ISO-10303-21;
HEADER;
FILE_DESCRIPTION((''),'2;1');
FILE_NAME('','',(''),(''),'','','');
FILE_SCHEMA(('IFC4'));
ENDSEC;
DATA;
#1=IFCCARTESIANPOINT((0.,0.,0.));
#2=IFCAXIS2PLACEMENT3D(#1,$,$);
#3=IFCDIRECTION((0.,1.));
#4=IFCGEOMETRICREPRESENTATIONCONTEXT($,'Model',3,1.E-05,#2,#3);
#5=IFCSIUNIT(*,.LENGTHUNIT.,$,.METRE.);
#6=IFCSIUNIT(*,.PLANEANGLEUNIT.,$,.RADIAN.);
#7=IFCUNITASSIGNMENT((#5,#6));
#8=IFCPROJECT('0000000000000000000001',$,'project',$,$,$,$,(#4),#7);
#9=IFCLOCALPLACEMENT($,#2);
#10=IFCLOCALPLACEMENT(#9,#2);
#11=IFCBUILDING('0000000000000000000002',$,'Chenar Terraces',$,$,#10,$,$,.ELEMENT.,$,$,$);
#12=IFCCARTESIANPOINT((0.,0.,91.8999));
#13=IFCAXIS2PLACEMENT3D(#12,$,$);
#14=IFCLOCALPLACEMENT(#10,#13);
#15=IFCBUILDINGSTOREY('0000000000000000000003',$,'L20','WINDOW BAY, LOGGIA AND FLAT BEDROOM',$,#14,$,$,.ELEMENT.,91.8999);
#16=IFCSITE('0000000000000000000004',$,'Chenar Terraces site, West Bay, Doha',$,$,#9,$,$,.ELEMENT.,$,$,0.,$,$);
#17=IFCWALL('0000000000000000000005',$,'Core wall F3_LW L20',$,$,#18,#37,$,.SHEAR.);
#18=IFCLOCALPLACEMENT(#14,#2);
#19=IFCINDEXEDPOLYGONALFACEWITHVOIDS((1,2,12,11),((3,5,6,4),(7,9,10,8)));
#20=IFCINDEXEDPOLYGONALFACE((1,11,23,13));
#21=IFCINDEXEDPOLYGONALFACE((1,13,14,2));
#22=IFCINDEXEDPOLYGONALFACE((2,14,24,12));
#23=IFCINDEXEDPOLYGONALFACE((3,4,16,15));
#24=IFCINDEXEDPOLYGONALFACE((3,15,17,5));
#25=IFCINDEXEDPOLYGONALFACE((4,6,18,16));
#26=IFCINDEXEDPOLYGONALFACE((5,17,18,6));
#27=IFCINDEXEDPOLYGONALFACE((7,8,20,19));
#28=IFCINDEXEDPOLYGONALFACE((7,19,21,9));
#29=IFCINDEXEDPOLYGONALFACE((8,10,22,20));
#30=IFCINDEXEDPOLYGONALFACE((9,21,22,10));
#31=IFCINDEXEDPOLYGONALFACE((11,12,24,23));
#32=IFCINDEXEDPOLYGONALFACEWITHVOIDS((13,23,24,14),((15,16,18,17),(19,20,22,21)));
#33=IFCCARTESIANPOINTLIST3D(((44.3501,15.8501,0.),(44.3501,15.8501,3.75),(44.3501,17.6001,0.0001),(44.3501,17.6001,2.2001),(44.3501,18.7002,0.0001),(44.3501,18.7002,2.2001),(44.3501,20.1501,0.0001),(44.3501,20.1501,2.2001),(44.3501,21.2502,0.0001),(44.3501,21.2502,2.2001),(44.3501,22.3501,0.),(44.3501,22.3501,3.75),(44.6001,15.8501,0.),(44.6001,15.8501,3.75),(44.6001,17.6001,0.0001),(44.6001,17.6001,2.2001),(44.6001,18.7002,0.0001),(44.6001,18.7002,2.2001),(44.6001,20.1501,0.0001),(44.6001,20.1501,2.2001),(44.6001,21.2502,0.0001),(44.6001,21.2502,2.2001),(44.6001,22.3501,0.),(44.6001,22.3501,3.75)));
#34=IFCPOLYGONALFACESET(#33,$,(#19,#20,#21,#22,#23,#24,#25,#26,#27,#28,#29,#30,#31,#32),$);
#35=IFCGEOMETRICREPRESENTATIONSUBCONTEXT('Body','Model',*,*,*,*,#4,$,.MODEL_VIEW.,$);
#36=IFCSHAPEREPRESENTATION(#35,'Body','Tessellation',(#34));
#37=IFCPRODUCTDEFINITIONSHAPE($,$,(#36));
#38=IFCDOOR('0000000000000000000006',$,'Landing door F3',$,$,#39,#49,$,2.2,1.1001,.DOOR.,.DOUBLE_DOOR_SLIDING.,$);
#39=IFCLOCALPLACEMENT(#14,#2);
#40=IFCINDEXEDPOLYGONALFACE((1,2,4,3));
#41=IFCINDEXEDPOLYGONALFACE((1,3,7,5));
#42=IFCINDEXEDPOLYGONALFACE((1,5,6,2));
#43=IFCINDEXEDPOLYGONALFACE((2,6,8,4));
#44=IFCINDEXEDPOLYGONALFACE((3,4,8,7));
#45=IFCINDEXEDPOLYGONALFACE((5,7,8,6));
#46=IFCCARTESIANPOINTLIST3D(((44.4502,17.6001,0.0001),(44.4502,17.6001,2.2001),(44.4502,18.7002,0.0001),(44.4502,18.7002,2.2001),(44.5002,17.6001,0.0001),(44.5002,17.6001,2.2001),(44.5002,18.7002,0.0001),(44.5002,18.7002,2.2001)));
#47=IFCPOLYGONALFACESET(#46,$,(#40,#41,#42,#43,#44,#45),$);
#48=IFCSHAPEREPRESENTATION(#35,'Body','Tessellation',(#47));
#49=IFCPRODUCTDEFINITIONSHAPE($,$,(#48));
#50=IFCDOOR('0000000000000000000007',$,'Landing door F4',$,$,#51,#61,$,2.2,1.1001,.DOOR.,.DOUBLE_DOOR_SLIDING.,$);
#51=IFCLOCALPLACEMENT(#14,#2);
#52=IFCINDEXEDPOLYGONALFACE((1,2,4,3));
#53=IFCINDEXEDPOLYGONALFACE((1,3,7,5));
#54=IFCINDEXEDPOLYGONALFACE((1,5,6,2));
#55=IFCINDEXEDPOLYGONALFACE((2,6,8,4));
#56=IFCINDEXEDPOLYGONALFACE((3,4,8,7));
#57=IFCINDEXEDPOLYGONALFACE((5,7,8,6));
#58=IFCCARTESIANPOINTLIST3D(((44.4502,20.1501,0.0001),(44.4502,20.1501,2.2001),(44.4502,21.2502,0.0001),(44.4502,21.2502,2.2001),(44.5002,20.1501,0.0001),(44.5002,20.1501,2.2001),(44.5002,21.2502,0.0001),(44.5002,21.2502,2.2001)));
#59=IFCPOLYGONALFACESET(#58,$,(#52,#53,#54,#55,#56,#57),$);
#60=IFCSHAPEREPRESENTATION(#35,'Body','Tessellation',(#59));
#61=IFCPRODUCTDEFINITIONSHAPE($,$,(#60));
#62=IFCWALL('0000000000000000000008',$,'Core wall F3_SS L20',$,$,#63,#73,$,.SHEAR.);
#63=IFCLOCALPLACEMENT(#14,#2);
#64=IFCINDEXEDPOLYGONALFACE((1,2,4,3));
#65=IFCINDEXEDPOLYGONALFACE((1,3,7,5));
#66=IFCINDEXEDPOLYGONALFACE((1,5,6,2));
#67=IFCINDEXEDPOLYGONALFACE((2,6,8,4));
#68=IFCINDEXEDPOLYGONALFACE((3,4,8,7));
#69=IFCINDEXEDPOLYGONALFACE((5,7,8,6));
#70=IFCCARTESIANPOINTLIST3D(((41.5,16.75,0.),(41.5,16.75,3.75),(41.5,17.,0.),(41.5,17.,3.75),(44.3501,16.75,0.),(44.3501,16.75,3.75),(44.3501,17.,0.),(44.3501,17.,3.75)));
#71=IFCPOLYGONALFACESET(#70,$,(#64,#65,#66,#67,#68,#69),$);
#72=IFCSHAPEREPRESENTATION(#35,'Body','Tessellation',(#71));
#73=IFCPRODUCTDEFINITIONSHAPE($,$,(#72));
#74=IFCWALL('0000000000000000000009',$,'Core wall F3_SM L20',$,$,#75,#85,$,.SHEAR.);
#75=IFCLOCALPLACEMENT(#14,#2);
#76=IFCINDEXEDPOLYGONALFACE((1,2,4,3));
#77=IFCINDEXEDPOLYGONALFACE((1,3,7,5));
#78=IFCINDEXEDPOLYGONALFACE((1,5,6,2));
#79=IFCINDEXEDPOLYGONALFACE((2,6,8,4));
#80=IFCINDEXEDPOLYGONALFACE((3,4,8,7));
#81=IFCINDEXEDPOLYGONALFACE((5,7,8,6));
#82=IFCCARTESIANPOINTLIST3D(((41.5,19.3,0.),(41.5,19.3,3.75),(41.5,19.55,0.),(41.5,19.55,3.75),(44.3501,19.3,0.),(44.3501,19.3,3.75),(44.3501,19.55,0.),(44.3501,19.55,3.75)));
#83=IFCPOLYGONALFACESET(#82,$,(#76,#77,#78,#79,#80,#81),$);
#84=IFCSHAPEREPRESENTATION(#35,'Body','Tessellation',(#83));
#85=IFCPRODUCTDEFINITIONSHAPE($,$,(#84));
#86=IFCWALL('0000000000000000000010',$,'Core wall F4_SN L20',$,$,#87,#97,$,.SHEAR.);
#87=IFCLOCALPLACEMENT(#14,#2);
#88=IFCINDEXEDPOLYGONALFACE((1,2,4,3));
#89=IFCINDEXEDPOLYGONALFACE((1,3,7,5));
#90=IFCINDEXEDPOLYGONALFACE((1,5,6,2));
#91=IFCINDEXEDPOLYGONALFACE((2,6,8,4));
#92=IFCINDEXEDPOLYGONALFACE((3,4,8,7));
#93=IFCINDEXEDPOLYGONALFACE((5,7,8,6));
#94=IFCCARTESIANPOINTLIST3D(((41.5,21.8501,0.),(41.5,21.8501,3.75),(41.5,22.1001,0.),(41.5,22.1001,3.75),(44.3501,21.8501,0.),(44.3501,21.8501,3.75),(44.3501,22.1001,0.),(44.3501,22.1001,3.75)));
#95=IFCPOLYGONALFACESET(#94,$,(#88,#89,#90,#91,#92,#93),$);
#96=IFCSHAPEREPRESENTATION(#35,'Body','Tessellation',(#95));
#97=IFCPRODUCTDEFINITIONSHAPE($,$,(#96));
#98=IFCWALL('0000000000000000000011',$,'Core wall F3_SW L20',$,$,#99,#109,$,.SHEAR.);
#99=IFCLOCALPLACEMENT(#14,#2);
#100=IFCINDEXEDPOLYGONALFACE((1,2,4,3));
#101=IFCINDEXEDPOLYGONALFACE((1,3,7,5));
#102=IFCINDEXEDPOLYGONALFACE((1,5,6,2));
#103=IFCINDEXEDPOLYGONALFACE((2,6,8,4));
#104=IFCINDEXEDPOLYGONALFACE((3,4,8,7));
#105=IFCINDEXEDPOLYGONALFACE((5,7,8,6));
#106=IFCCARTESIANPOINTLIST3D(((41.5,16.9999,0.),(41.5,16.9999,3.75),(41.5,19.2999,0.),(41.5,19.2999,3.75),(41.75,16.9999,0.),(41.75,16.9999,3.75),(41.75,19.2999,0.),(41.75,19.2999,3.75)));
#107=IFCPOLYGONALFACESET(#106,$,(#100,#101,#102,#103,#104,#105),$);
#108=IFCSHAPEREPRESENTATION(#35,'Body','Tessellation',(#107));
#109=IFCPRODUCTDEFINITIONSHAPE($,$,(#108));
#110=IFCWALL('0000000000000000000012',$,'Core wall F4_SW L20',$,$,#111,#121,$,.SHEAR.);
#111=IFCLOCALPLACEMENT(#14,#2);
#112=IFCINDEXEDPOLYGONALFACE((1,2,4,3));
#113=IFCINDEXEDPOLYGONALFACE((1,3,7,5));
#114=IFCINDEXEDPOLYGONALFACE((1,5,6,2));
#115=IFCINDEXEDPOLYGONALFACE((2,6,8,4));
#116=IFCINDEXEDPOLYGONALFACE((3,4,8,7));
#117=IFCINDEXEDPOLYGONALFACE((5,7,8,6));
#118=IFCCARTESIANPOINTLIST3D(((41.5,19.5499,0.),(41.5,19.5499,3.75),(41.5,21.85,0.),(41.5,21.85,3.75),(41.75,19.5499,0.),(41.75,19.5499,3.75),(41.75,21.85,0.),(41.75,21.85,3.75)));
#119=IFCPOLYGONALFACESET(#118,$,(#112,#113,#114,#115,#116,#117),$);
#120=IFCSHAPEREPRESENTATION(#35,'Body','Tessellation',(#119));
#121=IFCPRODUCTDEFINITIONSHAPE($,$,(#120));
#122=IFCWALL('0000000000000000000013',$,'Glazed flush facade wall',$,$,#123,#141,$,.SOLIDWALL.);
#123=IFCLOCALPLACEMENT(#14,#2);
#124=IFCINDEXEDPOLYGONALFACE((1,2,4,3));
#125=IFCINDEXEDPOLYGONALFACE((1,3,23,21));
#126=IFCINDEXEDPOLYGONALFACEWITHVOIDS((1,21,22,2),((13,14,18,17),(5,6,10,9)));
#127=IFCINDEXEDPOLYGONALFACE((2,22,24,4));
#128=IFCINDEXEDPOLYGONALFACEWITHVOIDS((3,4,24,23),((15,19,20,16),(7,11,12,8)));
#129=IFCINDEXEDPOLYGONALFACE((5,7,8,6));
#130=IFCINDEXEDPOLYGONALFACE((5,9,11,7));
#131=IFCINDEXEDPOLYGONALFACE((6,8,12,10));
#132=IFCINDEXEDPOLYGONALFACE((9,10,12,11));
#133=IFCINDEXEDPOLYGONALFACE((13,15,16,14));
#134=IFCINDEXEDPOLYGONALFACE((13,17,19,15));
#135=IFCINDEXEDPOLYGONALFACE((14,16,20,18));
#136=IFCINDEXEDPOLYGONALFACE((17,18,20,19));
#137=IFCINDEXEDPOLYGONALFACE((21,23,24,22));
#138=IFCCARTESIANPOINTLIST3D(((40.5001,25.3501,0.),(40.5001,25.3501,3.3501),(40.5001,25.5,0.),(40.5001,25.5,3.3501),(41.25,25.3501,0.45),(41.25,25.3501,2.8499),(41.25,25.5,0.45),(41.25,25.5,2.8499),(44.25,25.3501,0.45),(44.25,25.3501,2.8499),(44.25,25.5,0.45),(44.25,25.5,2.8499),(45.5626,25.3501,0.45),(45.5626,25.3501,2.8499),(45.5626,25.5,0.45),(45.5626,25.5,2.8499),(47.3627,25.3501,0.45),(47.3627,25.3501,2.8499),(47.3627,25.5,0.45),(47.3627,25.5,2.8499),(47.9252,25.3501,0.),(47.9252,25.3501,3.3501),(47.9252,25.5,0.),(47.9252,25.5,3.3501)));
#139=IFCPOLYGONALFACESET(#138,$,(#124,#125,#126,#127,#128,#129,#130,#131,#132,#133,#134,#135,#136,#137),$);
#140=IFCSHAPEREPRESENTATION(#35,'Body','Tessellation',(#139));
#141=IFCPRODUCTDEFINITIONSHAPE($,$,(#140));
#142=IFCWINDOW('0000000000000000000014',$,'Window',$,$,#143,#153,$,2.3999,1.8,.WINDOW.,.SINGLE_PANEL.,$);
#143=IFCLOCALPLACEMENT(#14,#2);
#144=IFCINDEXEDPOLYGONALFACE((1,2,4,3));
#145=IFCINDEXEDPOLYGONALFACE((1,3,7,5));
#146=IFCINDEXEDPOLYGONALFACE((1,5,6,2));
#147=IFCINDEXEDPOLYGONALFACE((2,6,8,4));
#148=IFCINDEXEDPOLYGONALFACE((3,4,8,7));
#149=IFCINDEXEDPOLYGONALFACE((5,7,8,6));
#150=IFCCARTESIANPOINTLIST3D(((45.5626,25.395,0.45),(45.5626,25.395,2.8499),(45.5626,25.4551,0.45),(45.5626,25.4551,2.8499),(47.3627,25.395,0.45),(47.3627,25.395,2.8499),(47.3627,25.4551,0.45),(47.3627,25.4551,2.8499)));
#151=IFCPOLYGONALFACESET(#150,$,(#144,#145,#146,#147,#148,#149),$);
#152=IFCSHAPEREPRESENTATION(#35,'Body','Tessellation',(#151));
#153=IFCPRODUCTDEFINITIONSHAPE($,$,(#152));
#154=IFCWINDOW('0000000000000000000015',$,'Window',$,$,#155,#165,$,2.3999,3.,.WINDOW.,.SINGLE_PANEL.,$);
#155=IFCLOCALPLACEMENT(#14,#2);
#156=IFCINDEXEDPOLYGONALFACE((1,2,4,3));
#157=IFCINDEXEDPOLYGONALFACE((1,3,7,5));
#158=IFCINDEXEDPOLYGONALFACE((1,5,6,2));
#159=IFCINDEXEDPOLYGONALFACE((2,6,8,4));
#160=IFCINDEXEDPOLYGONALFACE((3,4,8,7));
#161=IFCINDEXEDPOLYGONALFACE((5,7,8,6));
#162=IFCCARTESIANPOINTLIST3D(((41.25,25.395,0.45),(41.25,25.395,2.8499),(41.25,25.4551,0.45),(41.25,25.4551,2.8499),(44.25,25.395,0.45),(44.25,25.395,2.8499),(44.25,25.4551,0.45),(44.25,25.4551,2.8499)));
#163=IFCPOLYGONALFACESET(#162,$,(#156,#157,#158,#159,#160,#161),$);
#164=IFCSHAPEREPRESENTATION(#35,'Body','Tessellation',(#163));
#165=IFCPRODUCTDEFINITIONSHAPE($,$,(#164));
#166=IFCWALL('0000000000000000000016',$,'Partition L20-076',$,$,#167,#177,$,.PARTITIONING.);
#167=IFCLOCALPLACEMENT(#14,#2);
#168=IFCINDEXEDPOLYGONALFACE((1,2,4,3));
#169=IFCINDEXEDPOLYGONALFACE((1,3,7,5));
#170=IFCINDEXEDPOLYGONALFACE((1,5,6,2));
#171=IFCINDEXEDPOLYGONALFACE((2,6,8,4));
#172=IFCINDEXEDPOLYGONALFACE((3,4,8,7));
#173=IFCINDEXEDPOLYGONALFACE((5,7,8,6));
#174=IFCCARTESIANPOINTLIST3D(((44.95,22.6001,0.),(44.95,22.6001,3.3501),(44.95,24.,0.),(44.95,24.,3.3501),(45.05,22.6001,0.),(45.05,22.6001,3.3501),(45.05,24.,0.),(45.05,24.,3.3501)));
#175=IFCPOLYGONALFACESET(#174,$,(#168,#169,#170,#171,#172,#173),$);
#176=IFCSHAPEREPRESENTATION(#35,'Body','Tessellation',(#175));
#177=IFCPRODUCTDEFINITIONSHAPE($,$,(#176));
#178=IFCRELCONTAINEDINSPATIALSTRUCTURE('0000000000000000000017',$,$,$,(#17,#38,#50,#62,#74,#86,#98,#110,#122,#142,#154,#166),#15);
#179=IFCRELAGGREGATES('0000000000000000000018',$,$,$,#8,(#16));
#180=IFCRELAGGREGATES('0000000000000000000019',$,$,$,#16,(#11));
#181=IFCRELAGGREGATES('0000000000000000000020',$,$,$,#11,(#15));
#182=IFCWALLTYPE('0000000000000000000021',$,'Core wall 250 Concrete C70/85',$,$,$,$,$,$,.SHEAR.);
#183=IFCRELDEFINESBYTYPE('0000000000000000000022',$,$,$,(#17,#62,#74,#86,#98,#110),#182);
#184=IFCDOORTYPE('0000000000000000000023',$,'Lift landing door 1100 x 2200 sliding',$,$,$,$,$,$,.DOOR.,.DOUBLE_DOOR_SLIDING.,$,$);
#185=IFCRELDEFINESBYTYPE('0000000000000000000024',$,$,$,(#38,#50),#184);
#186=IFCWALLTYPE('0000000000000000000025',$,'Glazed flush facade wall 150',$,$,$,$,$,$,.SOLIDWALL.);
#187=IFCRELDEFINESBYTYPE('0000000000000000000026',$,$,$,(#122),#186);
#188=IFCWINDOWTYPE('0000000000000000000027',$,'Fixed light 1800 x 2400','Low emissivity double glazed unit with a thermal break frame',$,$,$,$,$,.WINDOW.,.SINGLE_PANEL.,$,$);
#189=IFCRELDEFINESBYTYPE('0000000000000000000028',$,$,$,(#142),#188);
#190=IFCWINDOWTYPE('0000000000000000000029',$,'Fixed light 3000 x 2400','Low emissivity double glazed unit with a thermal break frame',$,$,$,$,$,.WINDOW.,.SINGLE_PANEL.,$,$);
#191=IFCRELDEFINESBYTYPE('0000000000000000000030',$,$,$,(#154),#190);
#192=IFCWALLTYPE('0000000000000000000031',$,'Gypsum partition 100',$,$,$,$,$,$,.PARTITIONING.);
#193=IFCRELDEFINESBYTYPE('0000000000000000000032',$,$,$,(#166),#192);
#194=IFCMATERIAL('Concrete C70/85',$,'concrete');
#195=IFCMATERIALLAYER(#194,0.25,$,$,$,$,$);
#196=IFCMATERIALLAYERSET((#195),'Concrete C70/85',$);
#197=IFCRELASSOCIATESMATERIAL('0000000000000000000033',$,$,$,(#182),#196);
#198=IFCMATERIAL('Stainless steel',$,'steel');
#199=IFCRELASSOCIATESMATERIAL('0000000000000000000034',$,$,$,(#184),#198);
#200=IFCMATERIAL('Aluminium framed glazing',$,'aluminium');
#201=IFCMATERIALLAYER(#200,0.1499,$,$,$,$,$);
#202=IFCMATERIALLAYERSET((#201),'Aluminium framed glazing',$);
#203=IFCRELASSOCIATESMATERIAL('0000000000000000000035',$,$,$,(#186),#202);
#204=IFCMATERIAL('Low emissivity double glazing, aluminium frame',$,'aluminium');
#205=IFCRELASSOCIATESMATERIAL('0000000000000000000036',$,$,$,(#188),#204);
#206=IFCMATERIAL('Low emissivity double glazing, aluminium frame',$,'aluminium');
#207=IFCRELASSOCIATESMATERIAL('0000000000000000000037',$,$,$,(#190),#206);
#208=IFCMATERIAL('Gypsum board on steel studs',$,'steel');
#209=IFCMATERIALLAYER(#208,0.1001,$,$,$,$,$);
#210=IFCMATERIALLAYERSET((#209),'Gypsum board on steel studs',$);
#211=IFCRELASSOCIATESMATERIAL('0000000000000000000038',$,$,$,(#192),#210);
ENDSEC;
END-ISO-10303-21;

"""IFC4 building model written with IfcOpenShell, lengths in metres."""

from ifc_helpers import new_model, si_unit, direction, frame, frame_2d, origin, place, context, subcontext, project, spatial, rectangle, extrude, material, layer, layer_set, type_object, element, fill, save


model = new_model("IFC4")

# Units and contexts
model_context = context("Model", 3, precision=1e-05, world=origin(), true_north=direction((0.0, 1.0)))
body_context = subcontext(model_context, "Body", "Model", "MODEL_VIEW")
ifc_project = project(units=[si_unit("LENGTHUNIT", "METRE"), si_unit("PLANEANGLEUNIT", "RADIAN")], contexts=[model_context])

# Site, building, storey
site_placement = place(None, origin())
site = spatial("IfcSite", under=ifc_project, at=site_placement, Name="Chenar Terraces site, West Bay, Doha", CompositionType="ELEMENT", RefElevation=0.0)
building_placement = place(site_placement, origin())
building = spatial("IfcBuilding", under=site, at=building_placement, Name="Chenar Terraces", CompositionType="ELEMENT")
storey_placement = place(building_placement, frame((0.0, 0.0, 91.8999)))
storey = spatial("IfcBuildingStorey", under=building, at=storey_placement, Name="L20", Description="WINDOW BAY, LOGGIA AND FLAT BEDROOM", CompositionType="ELEMENT", Elevation=91.8999)

# Shared definitions
ifc_material_1 = material(Name="Concrete C70/85", Category="concrete")
ifc_layer_1 = layer(ifc_material_1, 0.25)
ifc_layer_set_1 = layer_set([ifc_layer_1], Name="Concrete C70/85")
wall_type_1 = type_object("IfcWallType", Name="Core wall 250 Concrete C70/85", PredefinedType="SHEAR", material=ifc_layer_set_1)

# Wall, openings, doors
wall_1_placement = place(storey_placement, frame((44.4751, 15.8501, 0.0), z_axis=(0.0, 0.0, 1.0), x_axis=(0.0, 1.0, 0.0)))
wall_1 = element("IfcWall", 1, at=wall_1_placement, inside=storey, type_object=wall_type_1, Name="Core wall F3_LW L20", PredefinedType="SHEAR", context=body_context, shape_type="SweptSolid", body=[
    extrude(rectangle(XDim=6.5, YDim=0.25, at=frame_2d((3.25, 0.0))), origin(), (0.0, 0.0, 1.0), 3.75),
])
opening_1_placement = place(wall_1_placement, frame((1.75, 0.0, 0.0)))
opening_1 = element("IfcOpeningElement", 2, at=opening_1_placement, cuts=wall_1, PredefinedType="OPENING", context=body_context, shape_type="SweptSolid", body=[
    extrude(rectangle(XDim=1.1001, YDim=2.2, at=frame_2d((0.55, 1.1001))), frame((0.0, 0.135, 0.0), z_axis=(0.0, -1.0, 0.0), x_axis=(1.0, 0.0, 0.0)), (0.0, 0.0, 1.0), 0.27),
])
opening_2_placement = place(wall_1_placement, frame((4.3, 0.0, 0.0)))
opening_2 = element("IfcOpeningElement", 3, at=opening_2_placement, cuts=wall_1, PredefinedType="OPENING", context=body_context, shape_type="SweptSolid", body=[
    extrude(rectangle(XDim=1.1001, YDim=2.2, at=frame_2d((0.55, 1.1001))), frame((0.0, 0.135, 0.0), z_axis=(0.0, -1.0, 0.0), x_axis=(1.0, 0.0, 0.0)), (0.0, 0.0, 1.0), 0.27),
])
ifc_material_2 = material(Name="Stainless steel", Category="steel")
door_type_1 = type_object("IfcDoorType", Name="Lift landing door 1100 x 2200 sliding", OperationType="DOUBLE_DOOR_SLIDING", PredefinedType="DOOR", material=ifc_material_2)
door_1_placement = place(opening_1_placement, origin())
door_1 = element("IfcDoor", 4, at=door_1_placement, inside=storey, type_object=door_type_1, Name="Landing door F3", OperationType="DOUBLE_DOOR_SLIDING", OverallHeight=2.2, OverallWidth=1.1001, PredefinedType="DOOR", context=body_context, shape_type="SweptSolid", body=[
    extrude(rectangle(XDim=1.1001, YDim=2.2, at=frame_2d((0.55, 1.1001))), frame((0.0, 0.0249, 0.0), z_axis=(0.0, -1.0, 0.0), x_axis=(1.0, 0.0, 0.0)), (0.0, 0.0, 1.0), 0.05),
])
fill(opening_1, door_1)
door_2_placement = place(opening_2_placement, origin())
door_2 = element("IfcDoor", 5, at=door_2_placement, inside=storey, type_object=door_type_1, Name="Landing door F4", OperationType="DOUBLE_DOOR_SLIDING", OverallHeight=2.2, OverallWidth=1.1001, PredefinedType="DOOR", context=body_context, shape_type="SweptSolid", body=[
    extrude(rectangle(XDim=1.1001, YDim=2.2, at=frame_2d((0.55, 1.1001))), frame((0.0, 0.0249, 0.0), z_axis=(0.0, -1.0, 0.0), x_axis=(1.0, 0.0, 0.0)), (0.0, 0.0, 1.0), 0.05),
])
fill(opening_2, door_2)

# Walls
for number, where, z_axis, x_axis, name in (
    (6, (41.5, 16.875, 0.0), (0.0, 0.0, 1.0), (1.0, 0.0, 0.0), "Core wall F3_SS L20"),
    (7, (41.5, 19.425, 0.0), (0.0, 0.0, 1.0), (1.0, 0.0, 0.0), "Core wall F3_SM L20"),
    (8, (41.5, 21.9751, 0.0), (0.0, 0.0, 1.0), (1.0, 0.0, 0.0), "Core wall F4_SN L20"),
):
    element("IfcWall", number, at=place(storey_placement, frame(where, z_axis=z_axis, x_axis=x_axis)), inside=storey, type_object=wall_type_1, Name=name, PredefinedType="SHEAR", context=body_context, shape_type="SweptSolid", body=[
        extrude(rectangle(XDim=2.8501, YDim=0.25, at=frame_2d((1.425, 0.0))), origin(), (0.0, 0.0, 1.0), 3.75),
    ])
for number, where, z_axis, x_axis, name in (
    (9, (41.625, 17.0, 0.0), (0.0, 0.0, 1.0), (0.0, 1.0, 0.0), "Core wall F3_SW L20"),
    (10, (41.625, 19.55, 0.0), (0.0, 0.0, 1.0), (0.0, 1.0, 0.0), "Core wall F4_SW L20"),
):
    element("IfcWall", number, at=place(storey_placement, frame(where, z_axis=z_axis, x_axis=x_axis)), inside=storey, type_object=wall_type_1, Name=name, PredefinedType="SHEAR", context=body_context, shape_type="SweptSolid", body=[
        extrude(rectangle(XDim=2.3, YDim=0.25, at=frame_2d((1.1499, 0.0))), origin(), (0.0, 0.0, 1.0), 3.75),
    ])

# Wall, openings, windows
ifc_material_3 = material(Name="Aluminium framed glazing", Category="aluminium")
ifc_layer_2 = layer(ifc_material_3, 0.1499)
ifc_layer_set_2 = layer_set([ifc_layer_2], Name="Aluminium framed glazing")
wall_type_2 = type_object("IfcWallType", Name="Glazed flush facade wall 150", PredefinedType="SOLIDWALL", material=ifc_layer_set_2)
wall_2_placement = place(storey_placement, frame((47.925, 25.425, 0.0), z_axis=(0.0, 0.0, 1.0), x_axis=(-1.0, 0.0, 0.0)))
wall_2 = element("IfcWall", 11, at=wall_2_placement, inside=storey, type_object=wall_type_2, Name="Glazed flush facade wall", PredefinedType="SOLIDWALL", context=body_context, shape_type="SweptSolid", body=[
    extrude(rectangle(XDim=7.425, YDim=0.1499, at=frame_2d((3.7124, 0.0))), origin(), (0.0, 0.0, 1.0), 3.3501),
])
opening_3_placement = place(wall_2_placement, frame((0.5625, 0.0, 0.45)))
opening_3 = element("IfcOpeningElement", 12, at=opening_3_placement, cuts=wall_2, PredefinedType="OPENING", context=body_context, shape_type="SweptSolid", body=[
    extrude(rectangle(XDim=1.8, YDim=2.3999, at=frame_2d((0.8999, 1.2))), frame((0.0, 0.085, 0.0), z_axis=(0.0, -1.0, 0.0), x_axis=(1.0, 0.0, 0.0)), (0.0, 0.0, 1.0), 0.1699),
])
opening_4_placement = place(wall_2_placement, frame((3.675, 0.0, 0.45)))
opening_4 = element("IfcOpeningElement", 13, at=opening_4_placement, cuts=wall_2, PredefinedType="OPENING", context=body_context, shape_type="SweptSolid", body=[
    extrude(rectangle(XDim=3.0, YDim=2.3999, at=frame_2d((1.5, 1.2))), frame((0.0, 0.085, 0.0), z_axis=(0.0, -1.0, 0.0), x_axis=(1.0, 0.0, 0.0)), (0.0, 0.0, 1.0), 0.1699),
])
ifc_material_4 = material(Name="Low emissivity double glazing, aluminium frame", Category="aluminium")
window_type_1 = type_object("IfcWindowType", Name="Fixed light 1800 x 2400", Description="Low emissivity double glazed unit with a thermal break frame", PartitioningType="SINGLE_PANEL", PredefinedType="WINDOW", material=ifc_material_4)
window_1_placement = place(opening_3_placement, origin())
window_1 = element("IfcWindow", 14, at=window_1_placement, inside=storey, type_object=window_type_1, Name="Window", OverallHeight=2.3999, OverallWidth=1.8, PartitioningType="SINGLE_PANEL", PredefinedType="WINDOW", context=body_context, shape_type="SweptSolid", body=[
    extrude(rectangle(XDim=1.8, YDim=2.3999, at=frame_2d((0.8999, 1.2))), frame((0.0, 0.03, 0.0), z_axis=(0.0, -1.0, 0.0), x_axis=(1.0, 0.0, 0.0)), (0.0, 0.0, 1.0), 0.0601),
])
fill(opening_3, window_1)
ifc_material_5 = material(Name="Low emissivity double glazing, aluminium frame", Category="aluminium")
window_type_2 = type_object("IfcWindowType", Name="Fixed light 3000 x 2400", Description="Low emissivity double glazed unit with a thermal break frame", PartitioningType="SINGLE_PANEL", PredefinedType="WINDOW", material=ifc_material_5)
window_2_placement = place(opening_4_placement, origin())
window_2 = element("IfcWindow", 15, at=window_2_placement, inside=storey, type_object=window_type_2, Name="Window", OverallHeight=2.3999, OverallWidth=3.0, PartitioningType="SINGLE_PANEL", PredefinedType="WINDOW", context=body_context, shape_type="SweptSolid", body=[
    extrude(rectangle(XDim=3.0, YDim=2.3999, at=frame_2d((1.5, 1.2))), frame((0.0, 0.03, 0.0), z_axis=(0.0, -1.0, 0.0), x_axis=(1.0, 0.0, 0.0)), (0.0, 0.0, 1.0), 0.0601),
])
fill(opening_4, window_2)

# Wall
ifc_material_6 = material(Name="Gypsum board on steel studs", Category="steel")
ifc_layer_3 = layer(ifc_material_6, 0.1001)
ifc_layer_set_3 = layer_set([ifc_layer_3], Name="Gypsum board on steel studs")
wall_type_3 = type_object("IfcWallType", Name="Gypsum partition 100", PredefinedType="PARTITIONING", material=ifc_layer_set_3)
wall_3_placement = place(storey_placement, frame((45.0, 22.6001, 0.0), z_axis=(0.0, 0.0, 1.0), x_axis=(0.0, 1.0, 0.0)))
element("IfcWall", 16, at=wall_3_placement, inside=storey, type_object=wall_type_3, Name="Partition L20-076", PredefinedType="PARTITIONING", context=body_context, shape_type="SweptSolid", body=[
    extrude(rectangle(XDim=1.3999, YDim=0.1001, at=frame_2d((0.7, 0.0))), origin(), (0.0, 0.0, 1.0), 3.3501),
])

save(model, "model.ifc")
